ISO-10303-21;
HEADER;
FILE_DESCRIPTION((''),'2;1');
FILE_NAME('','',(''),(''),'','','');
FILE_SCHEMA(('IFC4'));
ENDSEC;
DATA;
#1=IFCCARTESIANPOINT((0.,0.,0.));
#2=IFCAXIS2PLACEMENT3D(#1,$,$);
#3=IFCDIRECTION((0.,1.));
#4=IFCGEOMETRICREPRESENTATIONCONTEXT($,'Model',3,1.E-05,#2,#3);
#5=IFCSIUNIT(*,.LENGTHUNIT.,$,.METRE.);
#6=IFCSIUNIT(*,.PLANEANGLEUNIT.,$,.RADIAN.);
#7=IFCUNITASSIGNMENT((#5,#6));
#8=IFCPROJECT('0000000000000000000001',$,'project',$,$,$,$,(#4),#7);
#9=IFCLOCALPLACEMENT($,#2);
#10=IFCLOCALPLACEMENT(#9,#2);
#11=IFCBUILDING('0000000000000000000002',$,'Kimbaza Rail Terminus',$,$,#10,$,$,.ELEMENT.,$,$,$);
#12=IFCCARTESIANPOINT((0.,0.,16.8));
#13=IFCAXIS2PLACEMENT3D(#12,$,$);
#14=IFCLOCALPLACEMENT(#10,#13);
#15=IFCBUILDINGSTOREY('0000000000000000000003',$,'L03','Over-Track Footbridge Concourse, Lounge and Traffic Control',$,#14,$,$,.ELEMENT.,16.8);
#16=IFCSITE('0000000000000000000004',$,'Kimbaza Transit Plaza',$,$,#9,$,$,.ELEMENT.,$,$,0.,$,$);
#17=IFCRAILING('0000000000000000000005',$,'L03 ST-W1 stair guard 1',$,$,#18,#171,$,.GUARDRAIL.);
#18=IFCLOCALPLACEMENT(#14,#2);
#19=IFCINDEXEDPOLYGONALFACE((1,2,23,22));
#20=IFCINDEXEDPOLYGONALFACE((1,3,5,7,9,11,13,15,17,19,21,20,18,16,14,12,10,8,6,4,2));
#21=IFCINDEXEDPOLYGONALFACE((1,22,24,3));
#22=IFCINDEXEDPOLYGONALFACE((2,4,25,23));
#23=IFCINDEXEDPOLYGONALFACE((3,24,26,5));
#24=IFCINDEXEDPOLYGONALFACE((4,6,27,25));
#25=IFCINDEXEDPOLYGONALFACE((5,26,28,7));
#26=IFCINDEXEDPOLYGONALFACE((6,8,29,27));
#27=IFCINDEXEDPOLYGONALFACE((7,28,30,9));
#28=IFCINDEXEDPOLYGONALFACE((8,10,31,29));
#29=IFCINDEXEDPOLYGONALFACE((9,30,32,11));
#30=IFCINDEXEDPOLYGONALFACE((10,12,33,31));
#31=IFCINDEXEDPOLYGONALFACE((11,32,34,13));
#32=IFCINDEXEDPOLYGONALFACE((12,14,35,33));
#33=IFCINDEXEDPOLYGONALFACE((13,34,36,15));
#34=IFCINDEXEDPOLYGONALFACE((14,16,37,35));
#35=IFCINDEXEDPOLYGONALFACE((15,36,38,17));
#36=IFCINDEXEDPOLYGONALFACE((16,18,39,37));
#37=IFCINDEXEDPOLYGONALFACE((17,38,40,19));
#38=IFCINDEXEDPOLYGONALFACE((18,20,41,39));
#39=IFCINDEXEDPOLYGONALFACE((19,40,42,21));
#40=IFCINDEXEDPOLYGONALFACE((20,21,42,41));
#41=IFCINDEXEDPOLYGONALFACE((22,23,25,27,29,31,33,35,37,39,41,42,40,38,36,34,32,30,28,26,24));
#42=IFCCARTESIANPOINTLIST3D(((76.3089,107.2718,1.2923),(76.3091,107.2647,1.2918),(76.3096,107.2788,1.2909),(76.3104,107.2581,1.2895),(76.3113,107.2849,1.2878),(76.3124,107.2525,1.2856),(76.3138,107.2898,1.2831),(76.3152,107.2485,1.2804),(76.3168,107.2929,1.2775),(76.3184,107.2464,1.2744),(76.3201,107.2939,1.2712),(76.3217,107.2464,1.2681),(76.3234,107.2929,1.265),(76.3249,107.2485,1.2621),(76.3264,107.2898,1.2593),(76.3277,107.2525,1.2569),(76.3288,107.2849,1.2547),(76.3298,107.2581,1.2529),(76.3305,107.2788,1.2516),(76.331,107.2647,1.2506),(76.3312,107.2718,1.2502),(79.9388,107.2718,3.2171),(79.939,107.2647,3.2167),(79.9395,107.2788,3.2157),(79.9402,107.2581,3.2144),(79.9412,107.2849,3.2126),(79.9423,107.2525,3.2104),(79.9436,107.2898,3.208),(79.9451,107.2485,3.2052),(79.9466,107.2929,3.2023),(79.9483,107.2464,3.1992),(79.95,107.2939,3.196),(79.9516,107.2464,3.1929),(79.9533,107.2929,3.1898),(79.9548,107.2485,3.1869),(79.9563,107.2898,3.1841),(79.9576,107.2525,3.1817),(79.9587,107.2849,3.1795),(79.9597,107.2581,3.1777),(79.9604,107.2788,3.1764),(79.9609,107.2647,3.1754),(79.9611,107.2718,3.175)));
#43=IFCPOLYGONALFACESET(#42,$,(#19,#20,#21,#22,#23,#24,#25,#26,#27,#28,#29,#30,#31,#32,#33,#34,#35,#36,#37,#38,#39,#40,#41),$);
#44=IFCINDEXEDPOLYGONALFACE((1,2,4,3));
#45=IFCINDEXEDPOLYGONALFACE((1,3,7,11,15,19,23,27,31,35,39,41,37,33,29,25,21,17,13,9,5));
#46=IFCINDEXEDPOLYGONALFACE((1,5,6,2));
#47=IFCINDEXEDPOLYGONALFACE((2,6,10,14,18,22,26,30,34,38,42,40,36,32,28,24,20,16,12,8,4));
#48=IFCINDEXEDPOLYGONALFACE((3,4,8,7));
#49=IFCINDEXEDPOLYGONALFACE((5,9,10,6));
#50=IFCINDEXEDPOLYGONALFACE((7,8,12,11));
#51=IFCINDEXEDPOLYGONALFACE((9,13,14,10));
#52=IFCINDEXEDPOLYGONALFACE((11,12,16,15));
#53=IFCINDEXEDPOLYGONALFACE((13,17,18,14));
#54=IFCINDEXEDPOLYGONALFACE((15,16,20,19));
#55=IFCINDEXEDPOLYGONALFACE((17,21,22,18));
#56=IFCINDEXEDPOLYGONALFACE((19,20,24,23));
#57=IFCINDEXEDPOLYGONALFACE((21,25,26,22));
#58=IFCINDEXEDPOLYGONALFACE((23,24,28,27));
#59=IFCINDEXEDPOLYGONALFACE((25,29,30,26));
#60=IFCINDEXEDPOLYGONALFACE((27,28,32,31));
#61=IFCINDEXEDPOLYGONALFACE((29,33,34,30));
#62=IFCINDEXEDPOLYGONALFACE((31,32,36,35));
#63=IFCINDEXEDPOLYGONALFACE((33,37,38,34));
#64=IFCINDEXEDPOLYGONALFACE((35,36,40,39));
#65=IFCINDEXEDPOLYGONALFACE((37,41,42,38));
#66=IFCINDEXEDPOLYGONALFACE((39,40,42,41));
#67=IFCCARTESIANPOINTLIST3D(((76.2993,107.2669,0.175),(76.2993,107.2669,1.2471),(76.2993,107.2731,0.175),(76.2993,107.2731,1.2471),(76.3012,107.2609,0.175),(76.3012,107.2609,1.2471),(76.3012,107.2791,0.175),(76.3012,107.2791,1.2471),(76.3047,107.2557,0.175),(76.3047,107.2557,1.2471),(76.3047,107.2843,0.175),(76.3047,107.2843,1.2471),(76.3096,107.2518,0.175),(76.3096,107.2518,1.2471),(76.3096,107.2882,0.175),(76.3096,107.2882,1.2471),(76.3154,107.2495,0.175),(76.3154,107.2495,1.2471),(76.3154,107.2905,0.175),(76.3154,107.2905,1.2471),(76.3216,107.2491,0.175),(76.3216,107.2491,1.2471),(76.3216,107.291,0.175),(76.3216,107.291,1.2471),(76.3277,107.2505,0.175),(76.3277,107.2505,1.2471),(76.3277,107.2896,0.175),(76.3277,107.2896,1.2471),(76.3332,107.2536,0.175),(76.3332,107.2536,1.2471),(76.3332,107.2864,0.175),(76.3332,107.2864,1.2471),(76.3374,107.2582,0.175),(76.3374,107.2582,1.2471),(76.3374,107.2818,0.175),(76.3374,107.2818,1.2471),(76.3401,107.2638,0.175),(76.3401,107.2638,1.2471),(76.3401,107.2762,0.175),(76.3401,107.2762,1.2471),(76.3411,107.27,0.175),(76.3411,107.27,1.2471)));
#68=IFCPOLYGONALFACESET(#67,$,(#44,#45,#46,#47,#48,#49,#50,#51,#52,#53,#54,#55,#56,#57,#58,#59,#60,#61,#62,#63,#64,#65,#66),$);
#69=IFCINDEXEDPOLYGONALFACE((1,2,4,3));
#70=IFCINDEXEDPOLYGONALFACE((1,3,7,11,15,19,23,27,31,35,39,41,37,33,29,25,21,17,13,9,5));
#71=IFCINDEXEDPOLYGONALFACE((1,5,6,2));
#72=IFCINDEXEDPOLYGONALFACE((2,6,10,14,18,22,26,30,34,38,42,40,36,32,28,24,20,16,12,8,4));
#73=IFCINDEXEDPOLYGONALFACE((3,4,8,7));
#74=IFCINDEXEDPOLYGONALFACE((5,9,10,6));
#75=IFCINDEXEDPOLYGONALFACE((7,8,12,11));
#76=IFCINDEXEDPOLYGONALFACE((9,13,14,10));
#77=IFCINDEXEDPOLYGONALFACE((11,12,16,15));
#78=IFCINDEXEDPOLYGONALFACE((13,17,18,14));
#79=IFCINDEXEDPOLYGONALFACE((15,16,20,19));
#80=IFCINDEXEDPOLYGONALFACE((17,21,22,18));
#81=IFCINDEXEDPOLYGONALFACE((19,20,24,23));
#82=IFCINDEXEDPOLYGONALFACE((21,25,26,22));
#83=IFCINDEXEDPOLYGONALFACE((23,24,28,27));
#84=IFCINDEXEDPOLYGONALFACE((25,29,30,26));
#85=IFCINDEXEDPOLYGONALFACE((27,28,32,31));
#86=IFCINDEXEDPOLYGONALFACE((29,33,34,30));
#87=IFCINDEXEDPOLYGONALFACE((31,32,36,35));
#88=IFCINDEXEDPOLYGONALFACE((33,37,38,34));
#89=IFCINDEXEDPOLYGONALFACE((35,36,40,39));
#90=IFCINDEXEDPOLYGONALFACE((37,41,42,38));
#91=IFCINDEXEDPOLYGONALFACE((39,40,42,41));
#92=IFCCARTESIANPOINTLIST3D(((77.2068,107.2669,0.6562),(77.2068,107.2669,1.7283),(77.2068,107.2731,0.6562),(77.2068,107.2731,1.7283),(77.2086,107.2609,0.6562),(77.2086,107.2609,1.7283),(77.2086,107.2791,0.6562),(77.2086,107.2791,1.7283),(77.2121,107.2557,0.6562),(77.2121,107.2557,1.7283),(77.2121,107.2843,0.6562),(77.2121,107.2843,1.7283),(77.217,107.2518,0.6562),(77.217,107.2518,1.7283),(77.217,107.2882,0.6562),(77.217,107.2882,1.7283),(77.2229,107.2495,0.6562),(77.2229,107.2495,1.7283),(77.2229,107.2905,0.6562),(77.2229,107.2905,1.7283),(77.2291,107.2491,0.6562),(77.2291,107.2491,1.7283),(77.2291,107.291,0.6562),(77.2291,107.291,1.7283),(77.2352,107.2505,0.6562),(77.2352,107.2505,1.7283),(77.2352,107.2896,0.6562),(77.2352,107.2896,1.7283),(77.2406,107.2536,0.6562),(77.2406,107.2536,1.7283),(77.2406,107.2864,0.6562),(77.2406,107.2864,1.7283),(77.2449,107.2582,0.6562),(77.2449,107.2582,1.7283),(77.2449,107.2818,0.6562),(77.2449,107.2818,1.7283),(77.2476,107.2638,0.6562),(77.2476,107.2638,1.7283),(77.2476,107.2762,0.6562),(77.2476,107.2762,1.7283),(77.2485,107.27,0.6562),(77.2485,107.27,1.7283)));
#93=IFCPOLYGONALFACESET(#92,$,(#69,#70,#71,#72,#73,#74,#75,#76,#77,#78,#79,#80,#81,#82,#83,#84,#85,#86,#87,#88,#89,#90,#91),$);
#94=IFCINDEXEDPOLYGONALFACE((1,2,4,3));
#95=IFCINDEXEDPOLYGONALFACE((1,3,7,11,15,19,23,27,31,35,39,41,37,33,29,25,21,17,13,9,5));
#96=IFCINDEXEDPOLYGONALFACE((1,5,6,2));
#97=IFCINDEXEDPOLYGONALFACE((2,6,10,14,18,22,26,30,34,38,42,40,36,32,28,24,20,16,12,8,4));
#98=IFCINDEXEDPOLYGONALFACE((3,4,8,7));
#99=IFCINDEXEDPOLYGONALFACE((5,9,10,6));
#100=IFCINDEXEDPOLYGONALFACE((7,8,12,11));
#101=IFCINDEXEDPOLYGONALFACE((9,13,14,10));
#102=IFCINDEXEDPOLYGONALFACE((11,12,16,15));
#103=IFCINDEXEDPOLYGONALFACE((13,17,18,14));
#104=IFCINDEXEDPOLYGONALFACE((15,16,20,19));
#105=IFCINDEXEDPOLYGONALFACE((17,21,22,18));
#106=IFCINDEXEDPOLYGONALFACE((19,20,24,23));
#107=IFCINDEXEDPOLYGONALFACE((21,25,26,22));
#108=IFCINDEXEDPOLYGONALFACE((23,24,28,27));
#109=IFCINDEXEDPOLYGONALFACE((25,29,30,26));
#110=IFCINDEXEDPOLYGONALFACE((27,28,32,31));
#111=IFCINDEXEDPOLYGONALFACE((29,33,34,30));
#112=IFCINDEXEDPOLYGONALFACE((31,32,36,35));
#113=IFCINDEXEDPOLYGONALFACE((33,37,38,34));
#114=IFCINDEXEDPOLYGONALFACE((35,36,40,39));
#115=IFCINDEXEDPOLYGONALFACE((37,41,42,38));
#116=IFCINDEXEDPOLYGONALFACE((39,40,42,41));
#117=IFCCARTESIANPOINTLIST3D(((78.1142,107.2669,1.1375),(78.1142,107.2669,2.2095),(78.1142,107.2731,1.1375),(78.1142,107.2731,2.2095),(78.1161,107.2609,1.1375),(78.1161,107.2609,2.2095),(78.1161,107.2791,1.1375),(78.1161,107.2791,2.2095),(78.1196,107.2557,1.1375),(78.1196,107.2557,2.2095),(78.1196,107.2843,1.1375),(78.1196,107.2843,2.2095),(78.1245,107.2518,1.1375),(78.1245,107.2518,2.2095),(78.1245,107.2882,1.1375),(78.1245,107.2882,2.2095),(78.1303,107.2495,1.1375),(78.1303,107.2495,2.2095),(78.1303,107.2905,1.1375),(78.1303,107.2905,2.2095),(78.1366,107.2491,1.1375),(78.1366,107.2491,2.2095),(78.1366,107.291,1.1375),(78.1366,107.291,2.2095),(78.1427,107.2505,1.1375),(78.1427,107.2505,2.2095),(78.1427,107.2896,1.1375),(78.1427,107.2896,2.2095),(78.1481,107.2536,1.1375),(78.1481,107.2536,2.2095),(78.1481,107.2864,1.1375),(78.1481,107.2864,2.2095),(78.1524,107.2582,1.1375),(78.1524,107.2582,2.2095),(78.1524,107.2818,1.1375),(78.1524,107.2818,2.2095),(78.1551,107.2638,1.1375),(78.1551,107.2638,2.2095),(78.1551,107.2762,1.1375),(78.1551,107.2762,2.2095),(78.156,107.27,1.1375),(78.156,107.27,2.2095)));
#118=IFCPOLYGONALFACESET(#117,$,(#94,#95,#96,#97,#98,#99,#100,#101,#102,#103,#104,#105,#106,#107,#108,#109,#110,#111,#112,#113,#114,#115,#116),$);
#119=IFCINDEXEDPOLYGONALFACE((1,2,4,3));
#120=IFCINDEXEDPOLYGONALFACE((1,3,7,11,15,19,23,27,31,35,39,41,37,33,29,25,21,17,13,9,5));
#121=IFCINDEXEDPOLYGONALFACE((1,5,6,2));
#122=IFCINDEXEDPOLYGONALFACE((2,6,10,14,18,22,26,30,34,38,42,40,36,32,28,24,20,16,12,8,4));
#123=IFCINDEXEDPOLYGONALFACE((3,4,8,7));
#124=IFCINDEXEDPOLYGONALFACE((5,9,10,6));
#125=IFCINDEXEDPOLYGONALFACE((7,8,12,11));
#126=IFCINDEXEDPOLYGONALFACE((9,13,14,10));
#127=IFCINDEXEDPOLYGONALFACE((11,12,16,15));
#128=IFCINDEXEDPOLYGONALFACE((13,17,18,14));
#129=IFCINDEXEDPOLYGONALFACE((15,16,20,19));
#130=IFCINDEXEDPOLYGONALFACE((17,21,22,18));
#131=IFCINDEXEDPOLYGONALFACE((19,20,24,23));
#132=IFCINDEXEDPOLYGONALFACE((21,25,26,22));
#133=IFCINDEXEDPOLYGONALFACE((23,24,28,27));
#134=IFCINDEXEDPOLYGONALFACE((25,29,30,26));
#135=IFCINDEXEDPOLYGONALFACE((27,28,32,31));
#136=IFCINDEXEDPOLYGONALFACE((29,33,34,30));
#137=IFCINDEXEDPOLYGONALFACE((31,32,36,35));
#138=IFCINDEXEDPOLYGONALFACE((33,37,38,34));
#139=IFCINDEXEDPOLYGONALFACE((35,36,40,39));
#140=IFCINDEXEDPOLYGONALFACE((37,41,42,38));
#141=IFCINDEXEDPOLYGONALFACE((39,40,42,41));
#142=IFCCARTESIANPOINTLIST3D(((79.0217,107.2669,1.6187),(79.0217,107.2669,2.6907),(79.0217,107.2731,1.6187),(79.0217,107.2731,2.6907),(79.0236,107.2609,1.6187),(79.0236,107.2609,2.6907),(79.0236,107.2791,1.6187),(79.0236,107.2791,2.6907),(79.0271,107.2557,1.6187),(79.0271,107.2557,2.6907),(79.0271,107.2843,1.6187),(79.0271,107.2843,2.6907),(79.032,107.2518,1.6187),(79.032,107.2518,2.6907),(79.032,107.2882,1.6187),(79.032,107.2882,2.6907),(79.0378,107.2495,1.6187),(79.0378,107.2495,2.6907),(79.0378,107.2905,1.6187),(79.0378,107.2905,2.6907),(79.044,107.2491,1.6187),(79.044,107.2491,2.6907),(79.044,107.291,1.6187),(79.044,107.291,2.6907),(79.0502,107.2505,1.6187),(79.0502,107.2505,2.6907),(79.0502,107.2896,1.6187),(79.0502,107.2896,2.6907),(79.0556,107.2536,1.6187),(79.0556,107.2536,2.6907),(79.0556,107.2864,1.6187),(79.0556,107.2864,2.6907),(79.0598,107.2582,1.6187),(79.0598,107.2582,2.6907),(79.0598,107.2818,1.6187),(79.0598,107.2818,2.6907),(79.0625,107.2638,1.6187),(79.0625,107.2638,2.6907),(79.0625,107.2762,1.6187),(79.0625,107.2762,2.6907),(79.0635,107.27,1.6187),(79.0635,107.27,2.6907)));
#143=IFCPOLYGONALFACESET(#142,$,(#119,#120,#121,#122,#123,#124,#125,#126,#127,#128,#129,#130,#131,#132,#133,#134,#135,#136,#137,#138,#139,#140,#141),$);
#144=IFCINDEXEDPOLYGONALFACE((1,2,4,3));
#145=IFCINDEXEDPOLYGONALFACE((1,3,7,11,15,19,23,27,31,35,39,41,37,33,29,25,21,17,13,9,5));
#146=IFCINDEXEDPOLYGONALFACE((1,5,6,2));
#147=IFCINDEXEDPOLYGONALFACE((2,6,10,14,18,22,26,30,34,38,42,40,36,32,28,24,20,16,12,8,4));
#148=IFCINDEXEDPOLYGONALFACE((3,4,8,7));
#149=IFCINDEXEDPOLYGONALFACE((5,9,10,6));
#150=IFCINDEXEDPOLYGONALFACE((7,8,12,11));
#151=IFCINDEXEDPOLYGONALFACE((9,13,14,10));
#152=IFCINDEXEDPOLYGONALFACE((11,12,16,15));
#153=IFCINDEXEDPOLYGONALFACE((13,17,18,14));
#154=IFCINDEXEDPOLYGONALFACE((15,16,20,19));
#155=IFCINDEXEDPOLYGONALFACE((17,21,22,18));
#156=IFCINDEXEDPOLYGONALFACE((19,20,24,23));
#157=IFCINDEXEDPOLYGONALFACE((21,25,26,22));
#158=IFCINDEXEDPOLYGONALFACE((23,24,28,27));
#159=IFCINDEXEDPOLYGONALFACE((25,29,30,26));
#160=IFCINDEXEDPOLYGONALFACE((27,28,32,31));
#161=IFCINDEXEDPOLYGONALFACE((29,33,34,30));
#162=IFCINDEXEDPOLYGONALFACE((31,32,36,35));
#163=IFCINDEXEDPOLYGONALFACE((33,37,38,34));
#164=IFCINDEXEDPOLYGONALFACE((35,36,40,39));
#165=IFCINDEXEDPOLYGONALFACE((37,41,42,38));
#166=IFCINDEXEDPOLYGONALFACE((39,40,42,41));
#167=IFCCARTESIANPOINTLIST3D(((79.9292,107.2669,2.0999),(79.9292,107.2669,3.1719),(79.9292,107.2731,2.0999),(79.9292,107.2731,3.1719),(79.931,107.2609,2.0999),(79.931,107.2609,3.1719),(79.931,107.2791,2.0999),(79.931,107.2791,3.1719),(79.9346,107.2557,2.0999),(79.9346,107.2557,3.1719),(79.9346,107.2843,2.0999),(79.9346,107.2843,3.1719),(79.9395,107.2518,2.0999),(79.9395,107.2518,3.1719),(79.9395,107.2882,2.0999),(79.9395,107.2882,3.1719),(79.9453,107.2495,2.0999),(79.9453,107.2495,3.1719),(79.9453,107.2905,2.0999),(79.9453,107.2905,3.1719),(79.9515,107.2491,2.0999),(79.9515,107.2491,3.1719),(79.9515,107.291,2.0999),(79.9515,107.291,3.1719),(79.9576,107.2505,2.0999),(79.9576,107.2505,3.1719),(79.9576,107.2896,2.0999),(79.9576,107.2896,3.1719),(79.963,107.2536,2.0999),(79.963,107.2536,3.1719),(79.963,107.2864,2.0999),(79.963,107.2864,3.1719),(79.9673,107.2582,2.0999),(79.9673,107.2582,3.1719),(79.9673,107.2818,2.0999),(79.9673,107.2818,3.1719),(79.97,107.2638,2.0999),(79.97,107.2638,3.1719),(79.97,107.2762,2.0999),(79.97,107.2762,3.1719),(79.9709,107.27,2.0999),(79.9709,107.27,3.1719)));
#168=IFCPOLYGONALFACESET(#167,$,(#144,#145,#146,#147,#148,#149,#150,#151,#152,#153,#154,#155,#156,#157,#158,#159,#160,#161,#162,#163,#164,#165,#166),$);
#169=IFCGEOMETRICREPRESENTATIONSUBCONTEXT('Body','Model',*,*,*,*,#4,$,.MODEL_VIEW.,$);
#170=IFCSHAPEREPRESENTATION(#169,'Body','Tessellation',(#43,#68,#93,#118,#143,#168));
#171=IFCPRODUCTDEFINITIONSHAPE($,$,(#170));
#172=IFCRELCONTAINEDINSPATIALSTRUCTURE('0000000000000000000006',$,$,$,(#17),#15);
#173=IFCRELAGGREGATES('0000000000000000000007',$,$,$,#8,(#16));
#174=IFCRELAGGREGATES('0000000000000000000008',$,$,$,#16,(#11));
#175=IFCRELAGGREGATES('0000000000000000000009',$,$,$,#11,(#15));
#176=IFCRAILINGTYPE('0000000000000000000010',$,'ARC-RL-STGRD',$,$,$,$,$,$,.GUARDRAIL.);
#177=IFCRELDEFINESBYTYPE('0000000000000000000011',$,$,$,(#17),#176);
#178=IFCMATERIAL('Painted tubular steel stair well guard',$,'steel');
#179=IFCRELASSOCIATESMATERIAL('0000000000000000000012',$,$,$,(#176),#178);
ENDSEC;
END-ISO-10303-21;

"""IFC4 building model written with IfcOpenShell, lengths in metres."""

from ifc_helpers import new_model, si_unit, direction, frame, origin, origin_2d, place, context, subcontext, project, spatial, circle, extrude, material, type_object, element, save


model = new_model("IFC4")

# Units and contexts
model_context = context("Model", 3, precision=1e-05, world=origin(), true_north=direction((0.0, 1.0)))
body_context = subcontext(model_context, "Body", "Model", "MODEL_VIEW")
ifc_project = project(units=[si_unit("LENGTHUNIT", "METRE"), si_unit("PLANEANGLEUNIT", "RADIAN")], contexts=[model_context])

# Site, building, storey
site_placement = place(None, origin())
site = spatial("IfcSite", under=ifc_project, at=site_placement, Name="Kimbaza Transit Plaza", CompositionType="ELEMENT", RefElevation=0.0)
building_placement = place(site_placement, origin())
building = spatial("IfcBuilding", under=site, at=building_placement, Name="Kimbaza Rail Terminus", CompositionType="ELEMENT")
storey_placement = place(building_placement, frame((0.0, 0.0, 16.8)))
storey = spatial("IfcBuildingStorey", under=building, at=storey_placement, Name="L03", Description="Over-Track Footbridge Concourse, Lounge and Traffic Control", CompositionType="ELEMENT", Elevation=16.8)

# Railing
ifc_material_1 = material(Name="Painted tubular steel stair well guard", Category="steel")
railing_type_1 = type_object("IfcRailingType", Name="ARC-RL-STGRD", PredefinedType="GUARDRAIL", material=ifc_material_1)
railing_1_placement = place(storey_placement, frame((76.3201, 107.27, 0.175)))
element("IfcRailing", 1, at=railing_1_placement, inside=storey, type_object=railing_type_1, Name="L03 ST-W1 stair guard 1", PredefinedType="GUARDRAIL", context=body_context, shape_type="SweptSolid", body=[
    extrude(circle(Radius=0.0239, at=origin_2d()), frame((0.0, 0.0, 1.0962), z_axis=(0.883476, 0.0, 0.468477), x_axis=(0.0, 1.0, 0.0)), (0.0, 0.0, 1.0), 4.1086),
    extrude(circle(Radius=0.021, at=origin_2d()), origin(), (0.0, 0.0, 1.0), 1.072),
    extrude(circle(Radius=0.021, at=origin_2d()), frame((0.9075, 0.0, 0.4812)), (0.0, 0.0, 1.0), 1.072),
    extrude(circle(Radius=0.021, at=origin_2d()), frame((1.8149, 0.0, 0.9624)), (0.0, 0.0, 1.0), 1.072),
    extrude(circle(Radius=0.021, at=origin_2d()), frame((2.7224, 0.0, 1.4436)), (0.0, 0.0, 1.0), 1.072),
    extrude(circle(Radius=0.021, at=origin_2d()), frame((3.6299, 0.0, 1.9248)), (0.0, 0.0, 1.0), 1.072),
])

save(model, "model.ifc")
